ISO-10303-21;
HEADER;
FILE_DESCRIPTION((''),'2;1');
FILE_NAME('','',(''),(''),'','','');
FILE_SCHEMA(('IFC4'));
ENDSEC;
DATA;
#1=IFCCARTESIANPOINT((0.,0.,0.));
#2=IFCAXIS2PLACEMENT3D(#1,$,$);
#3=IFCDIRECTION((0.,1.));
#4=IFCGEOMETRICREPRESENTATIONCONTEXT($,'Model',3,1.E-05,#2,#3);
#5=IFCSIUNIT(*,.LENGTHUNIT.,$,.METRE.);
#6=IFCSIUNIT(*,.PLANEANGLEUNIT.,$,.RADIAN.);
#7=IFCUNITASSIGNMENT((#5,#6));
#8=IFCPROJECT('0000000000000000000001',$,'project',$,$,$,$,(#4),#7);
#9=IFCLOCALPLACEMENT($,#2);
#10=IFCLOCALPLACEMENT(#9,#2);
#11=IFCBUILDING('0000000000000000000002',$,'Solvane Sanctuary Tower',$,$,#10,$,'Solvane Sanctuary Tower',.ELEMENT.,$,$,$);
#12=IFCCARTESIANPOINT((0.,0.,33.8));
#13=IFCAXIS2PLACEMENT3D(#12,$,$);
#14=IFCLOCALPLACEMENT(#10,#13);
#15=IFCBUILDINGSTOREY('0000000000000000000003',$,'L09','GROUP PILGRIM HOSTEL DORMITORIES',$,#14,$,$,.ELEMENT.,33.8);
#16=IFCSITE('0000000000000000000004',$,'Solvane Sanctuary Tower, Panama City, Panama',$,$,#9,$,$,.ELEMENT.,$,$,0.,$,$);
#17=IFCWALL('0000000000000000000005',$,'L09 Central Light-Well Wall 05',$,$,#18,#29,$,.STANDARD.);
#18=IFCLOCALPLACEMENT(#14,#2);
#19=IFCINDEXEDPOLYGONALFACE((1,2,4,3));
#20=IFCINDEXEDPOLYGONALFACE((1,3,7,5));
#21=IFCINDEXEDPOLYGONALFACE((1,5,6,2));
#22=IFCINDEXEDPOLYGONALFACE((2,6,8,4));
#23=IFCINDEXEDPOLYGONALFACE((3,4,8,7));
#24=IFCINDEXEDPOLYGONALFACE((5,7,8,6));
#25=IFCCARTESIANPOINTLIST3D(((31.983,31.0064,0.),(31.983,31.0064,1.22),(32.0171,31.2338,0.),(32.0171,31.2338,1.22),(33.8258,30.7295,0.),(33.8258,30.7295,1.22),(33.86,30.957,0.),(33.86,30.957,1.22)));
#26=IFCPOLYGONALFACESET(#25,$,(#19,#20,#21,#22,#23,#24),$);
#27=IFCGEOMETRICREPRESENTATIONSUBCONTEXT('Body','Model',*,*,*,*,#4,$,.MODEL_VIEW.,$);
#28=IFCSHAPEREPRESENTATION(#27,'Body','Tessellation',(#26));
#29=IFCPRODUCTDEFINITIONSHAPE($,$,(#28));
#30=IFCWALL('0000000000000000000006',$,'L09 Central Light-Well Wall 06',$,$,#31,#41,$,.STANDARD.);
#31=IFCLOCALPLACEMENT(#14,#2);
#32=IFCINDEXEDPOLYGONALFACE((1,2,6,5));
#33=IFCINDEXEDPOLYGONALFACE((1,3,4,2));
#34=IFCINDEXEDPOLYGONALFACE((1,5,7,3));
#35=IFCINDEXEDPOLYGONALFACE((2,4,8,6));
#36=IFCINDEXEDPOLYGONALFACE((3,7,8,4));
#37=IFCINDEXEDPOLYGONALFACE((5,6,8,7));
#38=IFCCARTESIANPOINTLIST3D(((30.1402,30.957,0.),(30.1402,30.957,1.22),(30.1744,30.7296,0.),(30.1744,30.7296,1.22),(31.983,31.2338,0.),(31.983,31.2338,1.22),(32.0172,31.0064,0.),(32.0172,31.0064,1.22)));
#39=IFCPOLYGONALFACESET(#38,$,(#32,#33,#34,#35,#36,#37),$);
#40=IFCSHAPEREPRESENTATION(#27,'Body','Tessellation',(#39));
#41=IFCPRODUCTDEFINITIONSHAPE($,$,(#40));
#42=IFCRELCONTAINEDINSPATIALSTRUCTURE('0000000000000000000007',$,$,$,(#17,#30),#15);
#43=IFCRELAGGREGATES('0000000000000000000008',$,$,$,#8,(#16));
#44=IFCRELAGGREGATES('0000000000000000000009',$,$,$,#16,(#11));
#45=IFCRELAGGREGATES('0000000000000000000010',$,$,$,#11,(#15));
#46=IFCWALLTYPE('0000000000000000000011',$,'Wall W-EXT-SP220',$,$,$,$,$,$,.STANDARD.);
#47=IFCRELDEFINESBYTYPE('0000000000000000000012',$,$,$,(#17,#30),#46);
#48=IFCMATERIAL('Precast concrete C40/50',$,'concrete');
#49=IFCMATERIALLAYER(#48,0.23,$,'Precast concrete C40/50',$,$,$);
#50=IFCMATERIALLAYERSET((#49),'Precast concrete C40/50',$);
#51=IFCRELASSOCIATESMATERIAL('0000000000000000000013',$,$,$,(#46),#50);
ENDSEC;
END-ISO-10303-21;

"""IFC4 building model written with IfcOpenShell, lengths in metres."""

from ifc_helpers import new_model, si_unit, direction, frame, frame_2d, origin, place, context, subcontext, project, spatial, rectangle, extrude, material, layer, layer_set, type_object, element, save


model = new_model("IFC4")

# Units and contexts
model_context = context("Model", 3, precision=1e-05, world=origin(), true_north=direction((0.0, 1.0)))
body_context = subcontext(model_context, "Body", "Model", "MODEL_VIEW")
ifc_project = project(units=[si_unit("LENGTHUNIT", "METRE"), si_unit("PLANEANGLEUNIT", "RADIAN")], contexts=[model_context])

# Site, building, storey
site_placement = place(None, origin())
site = spatial("IfcSite", under=ifc_project, at=site_placement, Name="Solvane Sanctuary Tower, Panama City, Panama", CompositionType="ELEMENT", RefElevation=0.0)
building_placement = place(site_placement, origin())
building = spatial("IfcBuilding", under=site, at=building_placement, Name="Solvane Sanctuary Tower", LongName="Solvane Sanctuary Tower", CompositionType="ELEMENT")
storey_placement = place(building_placement, frame((0.0, 0.0, 33.8)))
storey = spatial("IfcBuildingStorey", under=building, at=storey_placement, Name="L09", Description="GROUP PILGRIM HOSTEL DORMITORIES", CompositionType="ELEMENT", Elevation=33.8)

# Walls
ifc_material_1 = material(Name="Precast concrete C40/50", Category="concrete")
ifc_layer_1 = layer(ifc_material_1, 0.23, Name="Precast concrete C40/50")
ifc_layer_set_1 = layer_set([ifc_layer_1], Name="Precast concrete C40/50")
wall_type_1 = type_object("IfcWallType", Name="Wall W-EXT-SP220", PredefinedType="STANDARD", material=ifc_layer_set_1)
for number, where, z_axis, x_axis, name in (
    (1, (33.8428, 30.8433, 0.0), (0.0, 0.0, 1.0), (-0.988902, 0.148571, 0.0), "L09 Central Light-Well Wall 05"),
    (2, (32.0, 31.1201, 0.0), (0.0, 0.0, 1.0), (-0.988902, -0.148571, 0.0), "L09 Central Light-Well Wall 06"),
):
    element("IfcWall", number, at=place(storey_placement, frame(where, z_axis=z_axis, x_axis=x_axis)), inside=storey, type_object=wall_type_1, Name=name, PredefinedType="STANDARD", context=body_context, shape_type="SweptSolid", body=[
        extrude(rectangle(XDim=1.8635, YDim=0.23, at=frame_2d((0.9316, 0.0))), origin(), (0.0, 0.0, 1.0), 1.22),
    ])

save(model, "model.ifc")
